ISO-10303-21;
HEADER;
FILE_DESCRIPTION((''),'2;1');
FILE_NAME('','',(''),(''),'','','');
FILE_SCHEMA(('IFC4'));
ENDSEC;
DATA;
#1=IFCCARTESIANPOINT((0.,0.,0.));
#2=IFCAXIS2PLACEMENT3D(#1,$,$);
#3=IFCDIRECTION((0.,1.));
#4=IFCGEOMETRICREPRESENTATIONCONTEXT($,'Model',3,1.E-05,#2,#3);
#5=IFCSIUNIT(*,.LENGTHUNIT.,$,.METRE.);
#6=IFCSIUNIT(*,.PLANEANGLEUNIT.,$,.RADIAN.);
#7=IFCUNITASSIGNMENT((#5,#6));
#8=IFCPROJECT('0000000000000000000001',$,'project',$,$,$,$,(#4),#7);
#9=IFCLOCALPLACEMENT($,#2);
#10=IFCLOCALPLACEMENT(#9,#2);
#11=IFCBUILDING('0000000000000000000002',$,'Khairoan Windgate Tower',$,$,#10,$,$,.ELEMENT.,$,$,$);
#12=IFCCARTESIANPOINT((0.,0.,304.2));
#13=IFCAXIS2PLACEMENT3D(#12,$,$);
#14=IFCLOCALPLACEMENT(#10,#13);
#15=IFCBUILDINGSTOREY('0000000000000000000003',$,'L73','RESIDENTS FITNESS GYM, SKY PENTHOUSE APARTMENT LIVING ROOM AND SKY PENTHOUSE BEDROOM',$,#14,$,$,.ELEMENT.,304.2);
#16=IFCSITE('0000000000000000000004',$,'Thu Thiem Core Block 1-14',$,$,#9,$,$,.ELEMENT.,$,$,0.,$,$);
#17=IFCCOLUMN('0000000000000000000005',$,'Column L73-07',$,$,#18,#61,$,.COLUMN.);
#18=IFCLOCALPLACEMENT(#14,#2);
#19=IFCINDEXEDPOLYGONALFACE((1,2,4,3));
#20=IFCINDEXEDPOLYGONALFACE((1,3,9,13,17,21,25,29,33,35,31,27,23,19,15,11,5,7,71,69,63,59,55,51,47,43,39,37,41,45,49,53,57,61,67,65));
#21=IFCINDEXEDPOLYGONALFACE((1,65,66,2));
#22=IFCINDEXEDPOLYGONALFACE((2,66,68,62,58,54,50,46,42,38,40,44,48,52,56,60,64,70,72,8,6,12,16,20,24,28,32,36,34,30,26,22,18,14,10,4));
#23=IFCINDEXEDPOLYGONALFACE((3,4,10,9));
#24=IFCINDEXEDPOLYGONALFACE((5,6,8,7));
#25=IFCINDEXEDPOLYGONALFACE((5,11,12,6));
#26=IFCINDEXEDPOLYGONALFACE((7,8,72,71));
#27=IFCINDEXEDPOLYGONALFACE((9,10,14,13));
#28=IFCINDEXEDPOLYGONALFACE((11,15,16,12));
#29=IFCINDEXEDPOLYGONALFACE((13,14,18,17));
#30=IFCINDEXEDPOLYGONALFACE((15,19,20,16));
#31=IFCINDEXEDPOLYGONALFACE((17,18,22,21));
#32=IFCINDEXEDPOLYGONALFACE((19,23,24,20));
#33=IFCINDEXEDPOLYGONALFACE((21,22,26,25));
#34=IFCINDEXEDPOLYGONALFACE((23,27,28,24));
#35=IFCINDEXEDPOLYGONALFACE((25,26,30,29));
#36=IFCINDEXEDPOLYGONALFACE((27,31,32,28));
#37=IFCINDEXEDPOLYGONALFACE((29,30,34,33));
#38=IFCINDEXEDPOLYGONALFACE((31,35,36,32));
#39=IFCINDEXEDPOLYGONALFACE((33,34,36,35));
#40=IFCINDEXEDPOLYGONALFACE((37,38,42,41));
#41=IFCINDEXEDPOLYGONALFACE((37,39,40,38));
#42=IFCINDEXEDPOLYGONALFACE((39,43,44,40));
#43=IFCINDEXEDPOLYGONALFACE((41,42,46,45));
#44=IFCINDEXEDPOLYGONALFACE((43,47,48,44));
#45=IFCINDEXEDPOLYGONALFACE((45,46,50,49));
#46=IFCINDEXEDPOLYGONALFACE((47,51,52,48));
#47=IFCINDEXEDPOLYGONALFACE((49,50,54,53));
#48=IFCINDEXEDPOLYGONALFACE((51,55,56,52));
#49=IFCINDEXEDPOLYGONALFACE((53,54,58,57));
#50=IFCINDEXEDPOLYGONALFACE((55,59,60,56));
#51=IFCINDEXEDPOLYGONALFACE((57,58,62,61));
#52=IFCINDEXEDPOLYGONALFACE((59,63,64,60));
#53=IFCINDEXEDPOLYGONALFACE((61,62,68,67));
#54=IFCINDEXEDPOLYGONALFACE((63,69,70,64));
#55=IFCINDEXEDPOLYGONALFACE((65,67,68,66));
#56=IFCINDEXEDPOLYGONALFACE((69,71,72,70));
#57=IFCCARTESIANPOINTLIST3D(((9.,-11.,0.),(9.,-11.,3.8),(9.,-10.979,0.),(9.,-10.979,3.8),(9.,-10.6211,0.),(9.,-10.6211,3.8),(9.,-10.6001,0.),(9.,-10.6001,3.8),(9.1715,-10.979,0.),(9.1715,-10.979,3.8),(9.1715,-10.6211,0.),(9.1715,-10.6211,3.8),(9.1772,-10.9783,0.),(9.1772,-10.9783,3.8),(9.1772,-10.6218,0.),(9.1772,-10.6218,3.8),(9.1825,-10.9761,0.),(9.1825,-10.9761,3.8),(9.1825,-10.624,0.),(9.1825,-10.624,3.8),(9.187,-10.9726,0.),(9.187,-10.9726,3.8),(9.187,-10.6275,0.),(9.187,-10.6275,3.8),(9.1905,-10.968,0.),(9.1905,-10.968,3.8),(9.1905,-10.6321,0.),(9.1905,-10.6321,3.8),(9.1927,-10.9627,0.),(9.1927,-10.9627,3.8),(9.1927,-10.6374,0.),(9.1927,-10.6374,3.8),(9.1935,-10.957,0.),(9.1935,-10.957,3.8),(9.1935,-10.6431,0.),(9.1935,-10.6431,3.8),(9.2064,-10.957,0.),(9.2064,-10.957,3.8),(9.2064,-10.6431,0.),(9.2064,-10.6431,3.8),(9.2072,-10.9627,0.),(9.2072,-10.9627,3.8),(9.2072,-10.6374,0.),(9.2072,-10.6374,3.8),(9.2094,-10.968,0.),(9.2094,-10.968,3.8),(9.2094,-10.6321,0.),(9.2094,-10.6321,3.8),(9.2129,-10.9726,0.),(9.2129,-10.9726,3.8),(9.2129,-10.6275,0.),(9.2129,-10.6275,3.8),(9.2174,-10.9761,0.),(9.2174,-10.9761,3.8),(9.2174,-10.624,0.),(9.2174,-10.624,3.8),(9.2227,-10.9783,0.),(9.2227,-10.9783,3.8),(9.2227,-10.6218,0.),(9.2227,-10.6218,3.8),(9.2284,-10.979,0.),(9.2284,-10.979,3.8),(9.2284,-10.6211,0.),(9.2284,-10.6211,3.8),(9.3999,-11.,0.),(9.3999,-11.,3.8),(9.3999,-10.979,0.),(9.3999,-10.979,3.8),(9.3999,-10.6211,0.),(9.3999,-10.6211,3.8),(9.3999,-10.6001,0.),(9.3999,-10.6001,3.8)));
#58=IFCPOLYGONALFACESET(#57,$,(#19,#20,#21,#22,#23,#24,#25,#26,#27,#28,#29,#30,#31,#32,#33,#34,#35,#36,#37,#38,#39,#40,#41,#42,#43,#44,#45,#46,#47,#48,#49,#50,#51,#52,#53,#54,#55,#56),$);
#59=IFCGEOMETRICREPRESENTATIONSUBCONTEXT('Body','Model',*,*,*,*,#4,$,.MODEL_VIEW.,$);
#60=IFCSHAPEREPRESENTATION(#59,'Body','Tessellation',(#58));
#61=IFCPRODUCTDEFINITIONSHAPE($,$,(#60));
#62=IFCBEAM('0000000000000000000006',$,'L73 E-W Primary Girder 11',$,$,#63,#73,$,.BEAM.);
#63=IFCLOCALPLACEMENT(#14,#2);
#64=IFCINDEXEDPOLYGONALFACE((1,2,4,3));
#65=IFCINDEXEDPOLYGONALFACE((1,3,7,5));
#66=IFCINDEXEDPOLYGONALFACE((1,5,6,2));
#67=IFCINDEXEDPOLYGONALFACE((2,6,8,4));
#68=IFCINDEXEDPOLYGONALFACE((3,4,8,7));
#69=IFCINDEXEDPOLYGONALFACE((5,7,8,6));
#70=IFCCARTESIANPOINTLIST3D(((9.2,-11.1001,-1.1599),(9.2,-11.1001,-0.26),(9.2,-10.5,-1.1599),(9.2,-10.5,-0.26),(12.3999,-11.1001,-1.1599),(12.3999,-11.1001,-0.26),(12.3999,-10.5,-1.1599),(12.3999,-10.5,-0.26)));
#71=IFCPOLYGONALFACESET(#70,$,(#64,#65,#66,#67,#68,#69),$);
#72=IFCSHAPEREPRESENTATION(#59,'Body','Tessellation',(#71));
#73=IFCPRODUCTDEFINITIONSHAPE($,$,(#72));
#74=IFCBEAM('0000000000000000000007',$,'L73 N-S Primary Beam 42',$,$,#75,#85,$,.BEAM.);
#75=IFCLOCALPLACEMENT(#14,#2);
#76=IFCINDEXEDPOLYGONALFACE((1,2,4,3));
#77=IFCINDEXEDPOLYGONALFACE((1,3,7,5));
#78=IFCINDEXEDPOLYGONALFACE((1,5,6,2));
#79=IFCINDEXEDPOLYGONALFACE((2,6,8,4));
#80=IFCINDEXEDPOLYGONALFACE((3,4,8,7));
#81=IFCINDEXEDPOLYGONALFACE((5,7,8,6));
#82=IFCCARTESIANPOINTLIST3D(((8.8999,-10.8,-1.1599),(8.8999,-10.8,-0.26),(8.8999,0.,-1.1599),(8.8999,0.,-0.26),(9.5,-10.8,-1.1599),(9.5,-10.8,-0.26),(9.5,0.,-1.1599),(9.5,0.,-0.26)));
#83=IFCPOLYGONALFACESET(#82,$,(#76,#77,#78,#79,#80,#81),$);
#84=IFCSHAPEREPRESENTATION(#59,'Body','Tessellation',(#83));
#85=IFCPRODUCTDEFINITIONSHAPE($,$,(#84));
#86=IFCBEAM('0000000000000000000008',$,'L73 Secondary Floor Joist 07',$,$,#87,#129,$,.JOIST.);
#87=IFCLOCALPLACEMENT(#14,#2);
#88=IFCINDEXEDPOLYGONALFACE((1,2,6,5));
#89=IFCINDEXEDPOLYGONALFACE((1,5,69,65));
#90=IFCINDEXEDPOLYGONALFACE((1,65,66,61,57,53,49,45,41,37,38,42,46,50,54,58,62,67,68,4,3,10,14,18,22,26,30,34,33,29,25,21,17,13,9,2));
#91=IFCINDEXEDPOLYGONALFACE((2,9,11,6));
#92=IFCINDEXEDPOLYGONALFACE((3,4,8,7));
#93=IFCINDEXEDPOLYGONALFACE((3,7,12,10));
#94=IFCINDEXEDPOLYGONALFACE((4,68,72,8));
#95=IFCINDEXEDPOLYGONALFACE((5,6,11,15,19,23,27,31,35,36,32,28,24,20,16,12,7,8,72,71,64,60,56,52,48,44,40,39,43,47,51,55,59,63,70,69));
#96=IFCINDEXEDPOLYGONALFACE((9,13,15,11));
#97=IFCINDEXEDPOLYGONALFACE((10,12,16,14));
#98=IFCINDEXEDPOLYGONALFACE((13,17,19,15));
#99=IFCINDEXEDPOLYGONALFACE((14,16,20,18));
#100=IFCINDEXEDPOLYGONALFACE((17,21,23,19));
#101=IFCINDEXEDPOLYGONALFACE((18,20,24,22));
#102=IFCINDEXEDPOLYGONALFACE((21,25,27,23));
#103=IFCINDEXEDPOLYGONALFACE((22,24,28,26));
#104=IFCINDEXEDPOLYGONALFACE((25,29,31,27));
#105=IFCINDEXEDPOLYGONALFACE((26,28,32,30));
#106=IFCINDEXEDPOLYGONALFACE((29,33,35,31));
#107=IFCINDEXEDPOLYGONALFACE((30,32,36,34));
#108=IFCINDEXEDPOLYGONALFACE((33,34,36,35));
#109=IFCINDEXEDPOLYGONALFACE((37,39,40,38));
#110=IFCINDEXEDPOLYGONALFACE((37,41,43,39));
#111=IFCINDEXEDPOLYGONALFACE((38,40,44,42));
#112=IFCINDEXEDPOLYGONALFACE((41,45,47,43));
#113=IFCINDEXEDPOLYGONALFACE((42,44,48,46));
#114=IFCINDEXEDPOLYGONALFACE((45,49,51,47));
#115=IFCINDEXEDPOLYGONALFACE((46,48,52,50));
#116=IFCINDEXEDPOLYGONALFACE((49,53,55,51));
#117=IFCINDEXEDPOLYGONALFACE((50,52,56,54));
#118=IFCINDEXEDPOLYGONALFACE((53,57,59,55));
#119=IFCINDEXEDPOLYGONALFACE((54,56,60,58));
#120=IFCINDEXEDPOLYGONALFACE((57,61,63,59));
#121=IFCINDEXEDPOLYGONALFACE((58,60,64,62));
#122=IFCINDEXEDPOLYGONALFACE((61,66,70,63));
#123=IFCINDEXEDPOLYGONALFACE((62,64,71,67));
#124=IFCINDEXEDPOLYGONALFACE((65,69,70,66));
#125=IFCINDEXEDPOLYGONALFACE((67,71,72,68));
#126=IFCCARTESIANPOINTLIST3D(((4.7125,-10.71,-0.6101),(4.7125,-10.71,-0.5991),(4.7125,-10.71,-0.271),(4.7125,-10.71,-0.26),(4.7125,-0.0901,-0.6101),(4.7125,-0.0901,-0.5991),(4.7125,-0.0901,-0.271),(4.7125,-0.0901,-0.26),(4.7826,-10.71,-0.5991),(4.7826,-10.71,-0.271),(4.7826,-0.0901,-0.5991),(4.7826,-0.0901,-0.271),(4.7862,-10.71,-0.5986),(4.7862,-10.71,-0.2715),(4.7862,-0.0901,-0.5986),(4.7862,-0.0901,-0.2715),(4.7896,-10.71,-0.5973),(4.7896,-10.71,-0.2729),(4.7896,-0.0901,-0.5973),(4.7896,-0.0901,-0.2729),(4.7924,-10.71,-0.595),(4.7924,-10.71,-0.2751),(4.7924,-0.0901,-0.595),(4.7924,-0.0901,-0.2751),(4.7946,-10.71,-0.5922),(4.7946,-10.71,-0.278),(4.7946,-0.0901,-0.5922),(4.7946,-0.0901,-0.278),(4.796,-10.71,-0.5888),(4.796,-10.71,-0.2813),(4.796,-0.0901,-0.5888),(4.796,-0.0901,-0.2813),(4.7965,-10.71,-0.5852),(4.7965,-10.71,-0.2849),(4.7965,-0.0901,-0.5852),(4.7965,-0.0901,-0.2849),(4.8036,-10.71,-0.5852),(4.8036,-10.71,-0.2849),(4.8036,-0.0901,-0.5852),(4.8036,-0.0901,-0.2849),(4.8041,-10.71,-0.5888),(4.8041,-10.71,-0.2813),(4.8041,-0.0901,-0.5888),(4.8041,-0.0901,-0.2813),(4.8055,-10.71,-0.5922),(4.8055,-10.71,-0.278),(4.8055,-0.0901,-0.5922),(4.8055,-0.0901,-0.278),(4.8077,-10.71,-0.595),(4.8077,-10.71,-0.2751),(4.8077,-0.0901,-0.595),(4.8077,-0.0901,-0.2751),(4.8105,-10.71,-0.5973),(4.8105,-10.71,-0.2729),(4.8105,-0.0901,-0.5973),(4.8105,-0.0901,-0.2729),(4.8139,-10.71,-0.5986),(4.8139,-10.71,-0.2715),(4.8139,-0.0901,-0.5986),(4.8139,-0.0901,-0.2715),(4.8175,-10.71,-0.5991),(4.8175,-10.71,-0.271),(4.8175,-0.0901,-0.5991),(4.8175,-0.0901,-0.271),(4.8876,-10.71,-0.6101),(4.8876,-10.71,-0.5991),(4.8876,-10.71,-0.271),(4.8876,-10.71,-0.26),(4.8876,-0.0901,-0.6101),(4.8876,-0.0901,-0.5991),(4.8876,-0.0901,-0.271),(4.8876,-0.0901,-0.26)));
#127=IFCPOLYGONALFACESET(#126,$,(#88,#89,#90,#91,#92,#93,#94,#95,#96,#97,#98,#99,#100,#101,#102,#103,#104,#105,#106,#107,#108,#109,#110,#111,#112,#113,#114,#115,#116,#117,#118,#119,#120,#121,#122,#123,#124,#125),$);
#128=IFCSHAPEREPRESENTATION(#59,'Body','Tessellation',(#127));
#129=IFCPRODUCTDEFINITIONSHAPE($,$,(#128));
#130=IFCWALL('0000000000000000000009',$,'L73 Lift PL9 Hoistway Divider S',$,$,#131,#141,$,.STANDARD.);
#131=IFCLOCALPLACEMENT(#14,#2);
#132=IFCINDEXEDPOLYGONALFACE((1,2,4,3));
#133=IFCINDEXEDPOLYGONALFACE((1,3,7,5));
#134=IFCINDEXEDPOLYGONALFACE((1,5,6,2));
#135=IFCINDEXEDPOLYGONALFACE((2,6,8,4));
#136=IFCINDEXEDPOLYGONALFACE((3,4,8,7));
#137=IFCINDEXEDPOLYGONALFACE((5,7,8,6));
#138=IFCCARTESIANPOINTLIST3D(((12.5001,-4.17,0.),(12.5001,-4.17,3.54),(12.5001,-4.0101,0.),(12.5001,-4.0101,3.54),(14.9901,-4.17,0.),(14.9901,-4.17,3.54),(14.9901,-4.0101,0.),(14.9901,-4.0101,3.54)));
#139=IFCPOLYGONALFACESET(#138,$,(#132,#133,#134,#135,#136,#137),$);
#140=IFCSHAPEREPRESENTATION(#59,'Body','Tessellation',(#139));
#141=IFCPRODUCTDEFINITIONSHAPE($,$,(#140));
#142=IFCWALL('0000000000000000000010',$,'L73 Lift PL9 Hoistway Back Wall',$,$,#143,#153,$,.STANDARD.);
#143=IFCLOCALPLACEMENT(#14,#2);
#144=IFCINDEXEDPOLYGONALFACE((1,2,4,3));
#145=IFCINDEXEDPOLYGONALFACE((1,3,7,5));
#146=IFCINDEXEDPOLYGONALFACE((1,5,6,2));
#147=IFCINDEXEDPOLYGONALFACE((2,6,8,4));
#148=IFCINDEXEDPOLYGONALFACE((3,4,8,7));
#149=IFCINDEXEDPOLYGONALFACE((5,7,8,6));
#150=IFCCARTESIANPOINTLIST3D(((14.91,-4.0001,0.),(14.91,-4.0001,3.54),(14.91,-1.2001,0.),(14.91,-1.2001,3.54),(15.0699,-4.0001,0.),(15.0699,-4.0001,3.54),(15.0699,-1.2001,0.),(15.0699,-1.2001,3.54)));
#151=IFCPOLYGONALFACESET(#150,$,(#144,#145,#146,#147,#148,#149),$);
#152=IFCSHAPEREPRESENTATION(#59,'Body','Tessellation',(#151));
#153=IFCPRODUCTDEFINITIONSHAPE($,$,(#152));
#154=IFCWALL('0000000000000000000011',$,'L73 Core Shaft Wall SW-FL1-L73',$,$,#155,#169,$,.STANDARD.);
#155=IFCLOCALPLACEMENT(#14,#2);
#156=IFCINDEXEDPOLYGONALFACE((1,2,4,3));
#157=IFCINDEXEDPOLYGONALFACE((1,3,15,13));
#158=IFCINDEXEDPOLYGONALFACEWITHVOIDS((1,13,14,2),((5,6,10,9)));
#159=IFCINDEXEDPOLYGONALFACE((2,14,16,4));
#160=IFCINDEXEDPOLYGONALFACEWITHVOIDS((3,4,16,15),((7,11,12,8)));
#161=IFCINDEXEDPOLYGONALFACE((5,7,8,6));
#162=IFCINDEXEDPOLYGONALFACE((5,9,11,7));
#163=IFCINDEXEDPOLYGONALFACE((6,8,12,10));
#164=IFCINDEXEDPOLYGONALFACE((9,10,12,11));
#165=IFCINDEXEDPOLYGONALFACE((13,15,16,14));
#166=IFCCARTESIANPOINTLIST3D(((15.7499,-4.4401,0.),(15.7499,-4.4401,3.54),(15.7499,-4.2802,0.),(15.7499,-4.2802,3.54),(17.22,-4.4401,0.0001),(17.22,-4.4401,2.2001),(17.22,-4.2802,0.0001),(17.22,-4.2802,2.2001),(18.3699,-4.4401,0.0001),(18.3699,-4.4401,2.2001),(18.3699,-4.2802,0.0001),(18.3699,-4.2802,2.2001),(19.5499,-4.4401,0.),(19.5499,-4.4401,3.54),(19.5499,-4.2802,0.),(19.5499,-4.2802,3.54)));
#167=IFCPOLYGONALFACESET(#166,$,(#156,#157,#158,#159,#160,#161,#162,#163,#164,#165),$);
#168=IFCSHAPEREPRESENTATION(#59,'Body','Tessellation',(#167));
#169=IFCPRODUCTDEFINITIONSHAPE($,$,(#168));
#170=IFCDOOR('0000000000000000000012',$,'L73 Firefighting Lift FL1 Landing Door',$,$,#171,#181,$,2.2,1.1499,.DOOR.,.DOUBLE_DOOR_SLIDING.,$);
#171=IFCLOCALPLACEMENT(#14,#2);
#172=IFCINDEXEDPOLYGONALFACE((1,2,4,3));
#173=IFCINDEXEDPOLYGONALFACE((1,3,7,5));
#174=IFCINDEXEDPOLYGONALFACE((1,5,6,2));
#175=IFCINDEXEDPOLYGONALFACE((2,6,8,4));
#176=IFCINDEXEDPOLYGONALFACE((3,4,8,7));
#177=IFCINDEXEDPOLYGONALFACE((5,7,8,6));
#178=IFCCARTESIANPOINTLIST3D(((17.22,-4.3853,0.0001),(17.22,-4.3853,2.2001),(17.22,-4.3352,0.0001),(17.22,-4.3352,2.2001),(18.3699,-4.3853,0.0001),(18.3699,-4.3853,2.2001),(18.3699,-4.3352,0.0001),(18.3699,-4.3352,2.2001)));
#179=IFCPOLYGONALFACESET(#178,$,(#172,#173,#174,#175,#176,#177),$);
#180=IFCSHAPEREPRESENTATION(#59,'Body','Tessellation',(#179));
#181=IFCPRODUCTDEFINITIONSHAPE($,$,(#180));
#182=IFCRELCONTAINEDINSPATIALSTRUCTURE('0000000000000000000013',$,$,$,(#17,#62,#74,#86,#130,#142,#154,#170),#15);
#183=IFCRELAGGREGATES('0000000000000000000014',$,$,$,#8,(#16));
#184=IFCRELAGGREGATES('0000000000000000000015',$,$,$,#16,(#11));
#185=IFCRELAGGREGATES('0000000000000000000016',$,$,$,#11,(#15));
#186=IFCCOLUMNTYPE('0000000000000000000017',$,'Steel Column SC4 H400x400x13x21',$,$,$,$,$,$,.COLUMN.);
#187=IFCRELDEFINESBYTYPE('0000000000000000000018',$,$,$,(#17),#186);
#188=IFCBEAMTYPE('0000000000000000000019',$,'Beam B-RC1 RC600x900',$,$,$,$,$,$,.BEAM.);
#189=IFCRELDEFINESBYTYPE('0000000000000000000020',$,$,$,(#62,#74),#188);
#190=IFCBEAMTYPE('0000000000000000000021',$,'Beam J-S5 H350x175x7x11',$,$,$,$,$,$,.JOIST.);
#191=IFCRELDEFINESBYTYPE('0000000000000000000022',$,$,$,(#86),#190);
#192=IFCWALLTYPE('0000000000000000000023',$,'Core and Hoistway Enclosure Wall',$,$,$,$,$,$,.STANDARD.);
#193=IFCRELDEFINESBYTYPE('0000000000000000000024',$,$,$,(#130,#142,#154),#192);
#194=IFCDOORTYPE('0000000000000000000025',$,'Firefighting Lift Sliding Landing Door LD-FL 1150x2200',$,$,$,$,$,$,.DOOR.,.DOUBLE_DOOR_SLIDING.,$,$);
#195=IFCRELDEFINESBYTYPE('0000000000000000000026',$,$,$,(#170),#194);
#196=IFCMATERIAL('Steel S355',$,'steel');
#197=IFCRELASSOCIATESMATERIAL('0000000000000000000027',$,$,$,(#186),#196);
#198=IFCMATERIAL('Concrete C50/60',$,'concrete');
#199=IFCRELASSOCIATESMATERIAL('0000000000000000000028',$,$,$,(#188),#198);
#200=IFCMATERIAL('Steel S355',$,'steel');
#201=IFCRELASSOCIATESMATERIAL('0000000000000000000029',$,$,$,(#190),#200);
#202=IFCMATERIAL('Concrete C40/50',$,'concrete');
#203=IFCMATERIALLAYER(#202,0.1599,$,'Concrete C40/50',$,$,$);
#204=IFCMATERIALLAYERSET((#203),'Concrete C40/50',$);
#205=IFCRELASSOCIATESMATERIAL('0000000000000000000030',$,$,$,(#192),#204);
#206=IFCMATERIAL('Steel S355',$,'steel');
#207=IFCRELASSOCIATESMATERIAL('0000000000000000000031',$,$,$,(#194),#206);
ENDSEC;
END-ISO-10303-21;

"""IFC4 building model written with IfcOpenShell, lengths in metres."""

from ifc_helpers import new_model, si_unit, direction, frame, frame_2d, origin, origin_2d, place, context, subcontext, project, spatial, rectangle, i_section, extrude, material, layer, layer_set, material_profile, profile_set, type_object, element, fill, save


model = new_model("IFC4")

# Units and contexts
model_context = context("Model", 3, precision=1e-05, world=origin(), true_north=direction((0.0, 1.0)))
body_context = subcontext(model_context, "Body", "Model", "MODEL_VIEW")
ifc_project = project(units=[si_unit("LENGTHUNIT", "METRE"), si_unit("PLANEANGLEUNIT", "RADIAN")], contexts=[model_context])

# Site, building, storey
site_placement = place(None, origin())
site = spatial("IfcSite", under=ifc_project, at=site_placement, Name="Thu Thiem Core Block 1-14", CompositionType="ELEMENT", RefElevation=0.0)
building_placement = place(site_placement, origin())
building = spatial("IfcBuilding", under=site, at=building_placement, Name="Khairoan Windgate Tower", CompositionType="ELEMENT")
storey_placement = place(building_placement, frame((0.0, 0.0, 304.2)))
storey = spatial("IfcBuildingStorey", under=building, at=storey_placement, Name="L73", Description="RESIDENTS FITNESS GYM, SKY PENTHOUSE APARTMENT LIVING ROOM AND SKY PENTHOUSE BEDROOM", CompositionType="ELEMENT", Elevation=304.2)

# Column
ifc_material_1 = material(Name="Steel S355", Category="steel")
ifc_material_profile_1 = material_profile(ifc_material_1, i_section(OverallWidth=0.3999, OverallDepth=0.3999, WebThickness=0.0129, FlangeThickness=0.021, FilletRadius=0.022, at=origin_2d()))
ifc_profile_set_1 = profile_set([ifc_material_profile_1], Name="Steel S355")
column_type = type_object("IfcColumnType", Name="Steel Column SC4 H400x400x13x21", PredefinedType="COLUMN", material=ifc_profile_set_1)
column_placement = place(storey_placement, frame((9.2, -10.8, 0.0), z_axis=(0.0, 0.0, 1.0), x_axis=(1.0, 0.0, 0.0)))
element("IfcColumn", 1, at=column_placement, inside=storey, type_object=column_type, Name="Column L73-07", PredefinedType="COLUMN", context=body_context, shape_type="SweptSolid", body=[
    extrude(i_section(OverallWidth=0.3999, OverallDepth=0.3999, WebThickness=0.0129, FlangeThickness=0.021, FilletRadius=0.022, at=origin_2d()), origin(), (0.0, 0.0, 1.0), 3.8),
])

# Beams
ifc_material_2 = material(Name="Concrete C50/60", Category="concrete")
ifc_material_profile_2 = material_profile(ifc_material_2, rectangle(XDim=0.6001, YDim=0.8999, at=origin_2d()))
ifc_profile_set_2 = profile_set([ifc_material_profile_2], Name="Concrete C50/60")
beam_type_1 = type_object("IfcBeamType", Name="Beam B-RC1 RC600x900", PredefinedType="BEAM", material=ifc_profile_set_2)
beam_1_placement = place(storey_placement, frame((9.2, -10.8, -0.71), z_axis=(1.0, 0.0, 0.0), x_axis=(0.0, 1.0, 0.0)))
element("IfcBeam", 2, at=beam_1_placement, inside=storey, type_object=beam_type_1, Name="L73 E-W Primary Girder 11", PredefinedType="BEAM", context=body_context, shape_type="SweptSolid", body=[
    extrude(rectangle(XDim=0.6001, YDim=0.8999, at=origin_2d()), origin(), (0.0, 0.0, 1.0), 3.2),
])
beam_2_placement = place(storey_placement, frame((9.2, -10.8, -0.71), z_axis=(0.0, 1.0, 0.0), x_axis=(-1.0, 0.0, 0.0)))
element("IfcBeam", 3, at=beam_2_placement, inside=storey, type_object=beam_type_1, Name="L73 N-S Primary Beam 42", PredefinedType="BEAM", context=body_context, shape_type="SweptSolid", body=[
    extrude(rectangle(XDim=0.6001, YDim=0.8999, at=origin_2d()), origin(), (0.0, 0.0, 1.0), 10.8),
])
ifc_material_3 = material(Name="Steel S355", Category="steel")
ifc_material_profile_3 = material_profile(ifc_material_3, i_section(OverallWidth=0.175, OverallDepth=0.3501, WebThickness=0.0071, FlangeThickness=0.011, FilletRadius=0.0139, at=origin_2d()))
ifc_profile_set_3 = profile_set([ifc_material_profile_3], Name="Steel S355")
beam_type_2 = type_object("IfcBeamType", Name="Beam J-S5 H350x175x7x11", PredefinedType="JOIST", material=ifc_profile_set_3)
beam_3_placement = place(storey_placement, frame((4.8, -10.71, -0.4351), z_axis=(0.0, 1.0, 0.0), x_axis=(-1.0, 0.0, 0.0)))
element("IfcBeam", 4, at=beam_3_placement, inside=storey, type_object=beam_type_2, Name="L73 Secondary Floor Joist 07", PredefinedType="JOIST", context=body_context, shape_type="SweptSolid", body=[
    extrude(i_section(OverallWidth=0.175, OverallDepth=0.3501, WebThickness=0.0071, FlangeThickness=0.011, FilletRadius=0.0139, at=origin_2d()), origin(), (0.0, 0.0, 1.0), 10.6199),
])

# Walls
ifc_material_4 = material(Name="Concrete C40/50", Category="concrete")
ifc_layer_1 = layer(ifc_material_4, 0.1599, Name="Concrete C40/50")
ifc_layer_set_1 = layer_set([ifc_layer_1], Name="Concrete C40/50")
wall_type_1 = type_object("IfcWallType", Name="Core and Hoistway Enclosure Wall", PredefinedType="STANDARD", material=ifc_layer_set_1)
wall_1_placement = place(storey_placement, frame((12.5, -4.0901, 0.0), z_axis=(0.0, 0.0, 1.0), x_axis=(1.0, 0.0, 0.0)))
element("IfcWall", 5, at=wall_1_placement, inside=storey, type_object=wall_type_1, Name="L73 Lift PL9 Hoistway Divider S", PredefinedType="STANDARD", context=body_context, shape_type="SweptSolid", body=[
    extrude(rectangle(XDim=2.49, YDim=0.1599, at=frame_2d((1.2451, 0.0))), origin(), (0.0, 0.0, 1.0), 3.54),
])
wall_2_placement = place(storey_placement, frame((14.99, -4.0, 0.0), z_axis=(0.0, 0.0, 1.0), x_axis=(0.0, 1.0, 0.0)))
element("IfcWall", 6, at=wall_2_placement, inside=storey, type_object=wall_type_1, Name="L73 Lift PL9 Hoistway Back Wall", PredefinedType="STANDARD", context=body_context, shape_type="SweptSolid", body=[
    extrude(rectangle(XDim=2.8, YDim=0.1599, at=frame_2d((1.3999, 0.0))), origin(), (0.0, 0.0, 1.0), 3.54),
])

# Wall, opening, door
wall_3_placement = place(storey_placement, frame((15.75, -4.3601, 0.0), z_axis=(0.0, 0.0, 1.0), x_axis=(1.0, 0.0, 0.0)))
wall_3 = element("IfcWall", 7, at=wall_3_placement, inside=storey, type_object=wall_type_1, Name="L73 Core Shaft Wall SW-FL1-L73", PredefinedType="STANDARD", context=body_context, shape_type="SweptSolid", body=[
    extrude(rectangle(XDim=3.8, YDim=0.1599, at=frame_2d((1.8999, 0.0))), origin(), (0.0, 0.0, 1.0), 3.54),
])
opening_1_placement = place(wall_3_placement, frame((1.47, 0.0, 0.0)))
opening_1 = element("IfcOpeningElement", 8, at=opening_1_placement, cuts=wall_3, PredefinedType="OPENING", context=body_context, shape_type="SweptSolid", body=[
    extrude(rectangle(XDim=1.1499, YDim=2.2, at=frame_2d((0.575, 1.1001))), frame((0.0, 0.0898, 0.0), z_axis=(0.0, -1.0, 0.0), x_axis=(1.0, 0.0, 0.0)), (0.0, 0.0, 1.0), 0.1799),
])
ifc_material_5 = material(Name="Steel S355", Category="steel")
door_type_1 = type_object("IfcDoorType", Name="Firefighting Lift Sliding Landing Door LD-FL 1150x2200", OperationType="DOUBLE_DOOR_SLIDING", PredefinedType="DOOR", material=ifc_material_5)
door_1_placement = place(opening_1_placement, origin())
door_1 = element("IfcDoor", 9, at=door_1_placement, inside=storey, type_object=door_type_1, Name="L73 Firefighting Lift FL1 Landing Door", OperationType="DOUBLE_DOOR_SLIDING", OverallHeight=2.2, OverallWidth=1.1499, PredefinedType="DOOR", context=body_context, shape_type="SweptSolid", body=[
    extrude(rectangle(XDim=1.1499, YDim=2.2, at=frame_2d((0.575, 1.1001))), frame((0.0, 0.0249, 0.0), z_axis=(0.0, -1.0, 0.0), x_axis=(1.0, 0.0, 0.0)), (0.0, 0.0, 1.0), 0.05),
])
fill(opening_1, door_1)

save(model, "model.ifc")
